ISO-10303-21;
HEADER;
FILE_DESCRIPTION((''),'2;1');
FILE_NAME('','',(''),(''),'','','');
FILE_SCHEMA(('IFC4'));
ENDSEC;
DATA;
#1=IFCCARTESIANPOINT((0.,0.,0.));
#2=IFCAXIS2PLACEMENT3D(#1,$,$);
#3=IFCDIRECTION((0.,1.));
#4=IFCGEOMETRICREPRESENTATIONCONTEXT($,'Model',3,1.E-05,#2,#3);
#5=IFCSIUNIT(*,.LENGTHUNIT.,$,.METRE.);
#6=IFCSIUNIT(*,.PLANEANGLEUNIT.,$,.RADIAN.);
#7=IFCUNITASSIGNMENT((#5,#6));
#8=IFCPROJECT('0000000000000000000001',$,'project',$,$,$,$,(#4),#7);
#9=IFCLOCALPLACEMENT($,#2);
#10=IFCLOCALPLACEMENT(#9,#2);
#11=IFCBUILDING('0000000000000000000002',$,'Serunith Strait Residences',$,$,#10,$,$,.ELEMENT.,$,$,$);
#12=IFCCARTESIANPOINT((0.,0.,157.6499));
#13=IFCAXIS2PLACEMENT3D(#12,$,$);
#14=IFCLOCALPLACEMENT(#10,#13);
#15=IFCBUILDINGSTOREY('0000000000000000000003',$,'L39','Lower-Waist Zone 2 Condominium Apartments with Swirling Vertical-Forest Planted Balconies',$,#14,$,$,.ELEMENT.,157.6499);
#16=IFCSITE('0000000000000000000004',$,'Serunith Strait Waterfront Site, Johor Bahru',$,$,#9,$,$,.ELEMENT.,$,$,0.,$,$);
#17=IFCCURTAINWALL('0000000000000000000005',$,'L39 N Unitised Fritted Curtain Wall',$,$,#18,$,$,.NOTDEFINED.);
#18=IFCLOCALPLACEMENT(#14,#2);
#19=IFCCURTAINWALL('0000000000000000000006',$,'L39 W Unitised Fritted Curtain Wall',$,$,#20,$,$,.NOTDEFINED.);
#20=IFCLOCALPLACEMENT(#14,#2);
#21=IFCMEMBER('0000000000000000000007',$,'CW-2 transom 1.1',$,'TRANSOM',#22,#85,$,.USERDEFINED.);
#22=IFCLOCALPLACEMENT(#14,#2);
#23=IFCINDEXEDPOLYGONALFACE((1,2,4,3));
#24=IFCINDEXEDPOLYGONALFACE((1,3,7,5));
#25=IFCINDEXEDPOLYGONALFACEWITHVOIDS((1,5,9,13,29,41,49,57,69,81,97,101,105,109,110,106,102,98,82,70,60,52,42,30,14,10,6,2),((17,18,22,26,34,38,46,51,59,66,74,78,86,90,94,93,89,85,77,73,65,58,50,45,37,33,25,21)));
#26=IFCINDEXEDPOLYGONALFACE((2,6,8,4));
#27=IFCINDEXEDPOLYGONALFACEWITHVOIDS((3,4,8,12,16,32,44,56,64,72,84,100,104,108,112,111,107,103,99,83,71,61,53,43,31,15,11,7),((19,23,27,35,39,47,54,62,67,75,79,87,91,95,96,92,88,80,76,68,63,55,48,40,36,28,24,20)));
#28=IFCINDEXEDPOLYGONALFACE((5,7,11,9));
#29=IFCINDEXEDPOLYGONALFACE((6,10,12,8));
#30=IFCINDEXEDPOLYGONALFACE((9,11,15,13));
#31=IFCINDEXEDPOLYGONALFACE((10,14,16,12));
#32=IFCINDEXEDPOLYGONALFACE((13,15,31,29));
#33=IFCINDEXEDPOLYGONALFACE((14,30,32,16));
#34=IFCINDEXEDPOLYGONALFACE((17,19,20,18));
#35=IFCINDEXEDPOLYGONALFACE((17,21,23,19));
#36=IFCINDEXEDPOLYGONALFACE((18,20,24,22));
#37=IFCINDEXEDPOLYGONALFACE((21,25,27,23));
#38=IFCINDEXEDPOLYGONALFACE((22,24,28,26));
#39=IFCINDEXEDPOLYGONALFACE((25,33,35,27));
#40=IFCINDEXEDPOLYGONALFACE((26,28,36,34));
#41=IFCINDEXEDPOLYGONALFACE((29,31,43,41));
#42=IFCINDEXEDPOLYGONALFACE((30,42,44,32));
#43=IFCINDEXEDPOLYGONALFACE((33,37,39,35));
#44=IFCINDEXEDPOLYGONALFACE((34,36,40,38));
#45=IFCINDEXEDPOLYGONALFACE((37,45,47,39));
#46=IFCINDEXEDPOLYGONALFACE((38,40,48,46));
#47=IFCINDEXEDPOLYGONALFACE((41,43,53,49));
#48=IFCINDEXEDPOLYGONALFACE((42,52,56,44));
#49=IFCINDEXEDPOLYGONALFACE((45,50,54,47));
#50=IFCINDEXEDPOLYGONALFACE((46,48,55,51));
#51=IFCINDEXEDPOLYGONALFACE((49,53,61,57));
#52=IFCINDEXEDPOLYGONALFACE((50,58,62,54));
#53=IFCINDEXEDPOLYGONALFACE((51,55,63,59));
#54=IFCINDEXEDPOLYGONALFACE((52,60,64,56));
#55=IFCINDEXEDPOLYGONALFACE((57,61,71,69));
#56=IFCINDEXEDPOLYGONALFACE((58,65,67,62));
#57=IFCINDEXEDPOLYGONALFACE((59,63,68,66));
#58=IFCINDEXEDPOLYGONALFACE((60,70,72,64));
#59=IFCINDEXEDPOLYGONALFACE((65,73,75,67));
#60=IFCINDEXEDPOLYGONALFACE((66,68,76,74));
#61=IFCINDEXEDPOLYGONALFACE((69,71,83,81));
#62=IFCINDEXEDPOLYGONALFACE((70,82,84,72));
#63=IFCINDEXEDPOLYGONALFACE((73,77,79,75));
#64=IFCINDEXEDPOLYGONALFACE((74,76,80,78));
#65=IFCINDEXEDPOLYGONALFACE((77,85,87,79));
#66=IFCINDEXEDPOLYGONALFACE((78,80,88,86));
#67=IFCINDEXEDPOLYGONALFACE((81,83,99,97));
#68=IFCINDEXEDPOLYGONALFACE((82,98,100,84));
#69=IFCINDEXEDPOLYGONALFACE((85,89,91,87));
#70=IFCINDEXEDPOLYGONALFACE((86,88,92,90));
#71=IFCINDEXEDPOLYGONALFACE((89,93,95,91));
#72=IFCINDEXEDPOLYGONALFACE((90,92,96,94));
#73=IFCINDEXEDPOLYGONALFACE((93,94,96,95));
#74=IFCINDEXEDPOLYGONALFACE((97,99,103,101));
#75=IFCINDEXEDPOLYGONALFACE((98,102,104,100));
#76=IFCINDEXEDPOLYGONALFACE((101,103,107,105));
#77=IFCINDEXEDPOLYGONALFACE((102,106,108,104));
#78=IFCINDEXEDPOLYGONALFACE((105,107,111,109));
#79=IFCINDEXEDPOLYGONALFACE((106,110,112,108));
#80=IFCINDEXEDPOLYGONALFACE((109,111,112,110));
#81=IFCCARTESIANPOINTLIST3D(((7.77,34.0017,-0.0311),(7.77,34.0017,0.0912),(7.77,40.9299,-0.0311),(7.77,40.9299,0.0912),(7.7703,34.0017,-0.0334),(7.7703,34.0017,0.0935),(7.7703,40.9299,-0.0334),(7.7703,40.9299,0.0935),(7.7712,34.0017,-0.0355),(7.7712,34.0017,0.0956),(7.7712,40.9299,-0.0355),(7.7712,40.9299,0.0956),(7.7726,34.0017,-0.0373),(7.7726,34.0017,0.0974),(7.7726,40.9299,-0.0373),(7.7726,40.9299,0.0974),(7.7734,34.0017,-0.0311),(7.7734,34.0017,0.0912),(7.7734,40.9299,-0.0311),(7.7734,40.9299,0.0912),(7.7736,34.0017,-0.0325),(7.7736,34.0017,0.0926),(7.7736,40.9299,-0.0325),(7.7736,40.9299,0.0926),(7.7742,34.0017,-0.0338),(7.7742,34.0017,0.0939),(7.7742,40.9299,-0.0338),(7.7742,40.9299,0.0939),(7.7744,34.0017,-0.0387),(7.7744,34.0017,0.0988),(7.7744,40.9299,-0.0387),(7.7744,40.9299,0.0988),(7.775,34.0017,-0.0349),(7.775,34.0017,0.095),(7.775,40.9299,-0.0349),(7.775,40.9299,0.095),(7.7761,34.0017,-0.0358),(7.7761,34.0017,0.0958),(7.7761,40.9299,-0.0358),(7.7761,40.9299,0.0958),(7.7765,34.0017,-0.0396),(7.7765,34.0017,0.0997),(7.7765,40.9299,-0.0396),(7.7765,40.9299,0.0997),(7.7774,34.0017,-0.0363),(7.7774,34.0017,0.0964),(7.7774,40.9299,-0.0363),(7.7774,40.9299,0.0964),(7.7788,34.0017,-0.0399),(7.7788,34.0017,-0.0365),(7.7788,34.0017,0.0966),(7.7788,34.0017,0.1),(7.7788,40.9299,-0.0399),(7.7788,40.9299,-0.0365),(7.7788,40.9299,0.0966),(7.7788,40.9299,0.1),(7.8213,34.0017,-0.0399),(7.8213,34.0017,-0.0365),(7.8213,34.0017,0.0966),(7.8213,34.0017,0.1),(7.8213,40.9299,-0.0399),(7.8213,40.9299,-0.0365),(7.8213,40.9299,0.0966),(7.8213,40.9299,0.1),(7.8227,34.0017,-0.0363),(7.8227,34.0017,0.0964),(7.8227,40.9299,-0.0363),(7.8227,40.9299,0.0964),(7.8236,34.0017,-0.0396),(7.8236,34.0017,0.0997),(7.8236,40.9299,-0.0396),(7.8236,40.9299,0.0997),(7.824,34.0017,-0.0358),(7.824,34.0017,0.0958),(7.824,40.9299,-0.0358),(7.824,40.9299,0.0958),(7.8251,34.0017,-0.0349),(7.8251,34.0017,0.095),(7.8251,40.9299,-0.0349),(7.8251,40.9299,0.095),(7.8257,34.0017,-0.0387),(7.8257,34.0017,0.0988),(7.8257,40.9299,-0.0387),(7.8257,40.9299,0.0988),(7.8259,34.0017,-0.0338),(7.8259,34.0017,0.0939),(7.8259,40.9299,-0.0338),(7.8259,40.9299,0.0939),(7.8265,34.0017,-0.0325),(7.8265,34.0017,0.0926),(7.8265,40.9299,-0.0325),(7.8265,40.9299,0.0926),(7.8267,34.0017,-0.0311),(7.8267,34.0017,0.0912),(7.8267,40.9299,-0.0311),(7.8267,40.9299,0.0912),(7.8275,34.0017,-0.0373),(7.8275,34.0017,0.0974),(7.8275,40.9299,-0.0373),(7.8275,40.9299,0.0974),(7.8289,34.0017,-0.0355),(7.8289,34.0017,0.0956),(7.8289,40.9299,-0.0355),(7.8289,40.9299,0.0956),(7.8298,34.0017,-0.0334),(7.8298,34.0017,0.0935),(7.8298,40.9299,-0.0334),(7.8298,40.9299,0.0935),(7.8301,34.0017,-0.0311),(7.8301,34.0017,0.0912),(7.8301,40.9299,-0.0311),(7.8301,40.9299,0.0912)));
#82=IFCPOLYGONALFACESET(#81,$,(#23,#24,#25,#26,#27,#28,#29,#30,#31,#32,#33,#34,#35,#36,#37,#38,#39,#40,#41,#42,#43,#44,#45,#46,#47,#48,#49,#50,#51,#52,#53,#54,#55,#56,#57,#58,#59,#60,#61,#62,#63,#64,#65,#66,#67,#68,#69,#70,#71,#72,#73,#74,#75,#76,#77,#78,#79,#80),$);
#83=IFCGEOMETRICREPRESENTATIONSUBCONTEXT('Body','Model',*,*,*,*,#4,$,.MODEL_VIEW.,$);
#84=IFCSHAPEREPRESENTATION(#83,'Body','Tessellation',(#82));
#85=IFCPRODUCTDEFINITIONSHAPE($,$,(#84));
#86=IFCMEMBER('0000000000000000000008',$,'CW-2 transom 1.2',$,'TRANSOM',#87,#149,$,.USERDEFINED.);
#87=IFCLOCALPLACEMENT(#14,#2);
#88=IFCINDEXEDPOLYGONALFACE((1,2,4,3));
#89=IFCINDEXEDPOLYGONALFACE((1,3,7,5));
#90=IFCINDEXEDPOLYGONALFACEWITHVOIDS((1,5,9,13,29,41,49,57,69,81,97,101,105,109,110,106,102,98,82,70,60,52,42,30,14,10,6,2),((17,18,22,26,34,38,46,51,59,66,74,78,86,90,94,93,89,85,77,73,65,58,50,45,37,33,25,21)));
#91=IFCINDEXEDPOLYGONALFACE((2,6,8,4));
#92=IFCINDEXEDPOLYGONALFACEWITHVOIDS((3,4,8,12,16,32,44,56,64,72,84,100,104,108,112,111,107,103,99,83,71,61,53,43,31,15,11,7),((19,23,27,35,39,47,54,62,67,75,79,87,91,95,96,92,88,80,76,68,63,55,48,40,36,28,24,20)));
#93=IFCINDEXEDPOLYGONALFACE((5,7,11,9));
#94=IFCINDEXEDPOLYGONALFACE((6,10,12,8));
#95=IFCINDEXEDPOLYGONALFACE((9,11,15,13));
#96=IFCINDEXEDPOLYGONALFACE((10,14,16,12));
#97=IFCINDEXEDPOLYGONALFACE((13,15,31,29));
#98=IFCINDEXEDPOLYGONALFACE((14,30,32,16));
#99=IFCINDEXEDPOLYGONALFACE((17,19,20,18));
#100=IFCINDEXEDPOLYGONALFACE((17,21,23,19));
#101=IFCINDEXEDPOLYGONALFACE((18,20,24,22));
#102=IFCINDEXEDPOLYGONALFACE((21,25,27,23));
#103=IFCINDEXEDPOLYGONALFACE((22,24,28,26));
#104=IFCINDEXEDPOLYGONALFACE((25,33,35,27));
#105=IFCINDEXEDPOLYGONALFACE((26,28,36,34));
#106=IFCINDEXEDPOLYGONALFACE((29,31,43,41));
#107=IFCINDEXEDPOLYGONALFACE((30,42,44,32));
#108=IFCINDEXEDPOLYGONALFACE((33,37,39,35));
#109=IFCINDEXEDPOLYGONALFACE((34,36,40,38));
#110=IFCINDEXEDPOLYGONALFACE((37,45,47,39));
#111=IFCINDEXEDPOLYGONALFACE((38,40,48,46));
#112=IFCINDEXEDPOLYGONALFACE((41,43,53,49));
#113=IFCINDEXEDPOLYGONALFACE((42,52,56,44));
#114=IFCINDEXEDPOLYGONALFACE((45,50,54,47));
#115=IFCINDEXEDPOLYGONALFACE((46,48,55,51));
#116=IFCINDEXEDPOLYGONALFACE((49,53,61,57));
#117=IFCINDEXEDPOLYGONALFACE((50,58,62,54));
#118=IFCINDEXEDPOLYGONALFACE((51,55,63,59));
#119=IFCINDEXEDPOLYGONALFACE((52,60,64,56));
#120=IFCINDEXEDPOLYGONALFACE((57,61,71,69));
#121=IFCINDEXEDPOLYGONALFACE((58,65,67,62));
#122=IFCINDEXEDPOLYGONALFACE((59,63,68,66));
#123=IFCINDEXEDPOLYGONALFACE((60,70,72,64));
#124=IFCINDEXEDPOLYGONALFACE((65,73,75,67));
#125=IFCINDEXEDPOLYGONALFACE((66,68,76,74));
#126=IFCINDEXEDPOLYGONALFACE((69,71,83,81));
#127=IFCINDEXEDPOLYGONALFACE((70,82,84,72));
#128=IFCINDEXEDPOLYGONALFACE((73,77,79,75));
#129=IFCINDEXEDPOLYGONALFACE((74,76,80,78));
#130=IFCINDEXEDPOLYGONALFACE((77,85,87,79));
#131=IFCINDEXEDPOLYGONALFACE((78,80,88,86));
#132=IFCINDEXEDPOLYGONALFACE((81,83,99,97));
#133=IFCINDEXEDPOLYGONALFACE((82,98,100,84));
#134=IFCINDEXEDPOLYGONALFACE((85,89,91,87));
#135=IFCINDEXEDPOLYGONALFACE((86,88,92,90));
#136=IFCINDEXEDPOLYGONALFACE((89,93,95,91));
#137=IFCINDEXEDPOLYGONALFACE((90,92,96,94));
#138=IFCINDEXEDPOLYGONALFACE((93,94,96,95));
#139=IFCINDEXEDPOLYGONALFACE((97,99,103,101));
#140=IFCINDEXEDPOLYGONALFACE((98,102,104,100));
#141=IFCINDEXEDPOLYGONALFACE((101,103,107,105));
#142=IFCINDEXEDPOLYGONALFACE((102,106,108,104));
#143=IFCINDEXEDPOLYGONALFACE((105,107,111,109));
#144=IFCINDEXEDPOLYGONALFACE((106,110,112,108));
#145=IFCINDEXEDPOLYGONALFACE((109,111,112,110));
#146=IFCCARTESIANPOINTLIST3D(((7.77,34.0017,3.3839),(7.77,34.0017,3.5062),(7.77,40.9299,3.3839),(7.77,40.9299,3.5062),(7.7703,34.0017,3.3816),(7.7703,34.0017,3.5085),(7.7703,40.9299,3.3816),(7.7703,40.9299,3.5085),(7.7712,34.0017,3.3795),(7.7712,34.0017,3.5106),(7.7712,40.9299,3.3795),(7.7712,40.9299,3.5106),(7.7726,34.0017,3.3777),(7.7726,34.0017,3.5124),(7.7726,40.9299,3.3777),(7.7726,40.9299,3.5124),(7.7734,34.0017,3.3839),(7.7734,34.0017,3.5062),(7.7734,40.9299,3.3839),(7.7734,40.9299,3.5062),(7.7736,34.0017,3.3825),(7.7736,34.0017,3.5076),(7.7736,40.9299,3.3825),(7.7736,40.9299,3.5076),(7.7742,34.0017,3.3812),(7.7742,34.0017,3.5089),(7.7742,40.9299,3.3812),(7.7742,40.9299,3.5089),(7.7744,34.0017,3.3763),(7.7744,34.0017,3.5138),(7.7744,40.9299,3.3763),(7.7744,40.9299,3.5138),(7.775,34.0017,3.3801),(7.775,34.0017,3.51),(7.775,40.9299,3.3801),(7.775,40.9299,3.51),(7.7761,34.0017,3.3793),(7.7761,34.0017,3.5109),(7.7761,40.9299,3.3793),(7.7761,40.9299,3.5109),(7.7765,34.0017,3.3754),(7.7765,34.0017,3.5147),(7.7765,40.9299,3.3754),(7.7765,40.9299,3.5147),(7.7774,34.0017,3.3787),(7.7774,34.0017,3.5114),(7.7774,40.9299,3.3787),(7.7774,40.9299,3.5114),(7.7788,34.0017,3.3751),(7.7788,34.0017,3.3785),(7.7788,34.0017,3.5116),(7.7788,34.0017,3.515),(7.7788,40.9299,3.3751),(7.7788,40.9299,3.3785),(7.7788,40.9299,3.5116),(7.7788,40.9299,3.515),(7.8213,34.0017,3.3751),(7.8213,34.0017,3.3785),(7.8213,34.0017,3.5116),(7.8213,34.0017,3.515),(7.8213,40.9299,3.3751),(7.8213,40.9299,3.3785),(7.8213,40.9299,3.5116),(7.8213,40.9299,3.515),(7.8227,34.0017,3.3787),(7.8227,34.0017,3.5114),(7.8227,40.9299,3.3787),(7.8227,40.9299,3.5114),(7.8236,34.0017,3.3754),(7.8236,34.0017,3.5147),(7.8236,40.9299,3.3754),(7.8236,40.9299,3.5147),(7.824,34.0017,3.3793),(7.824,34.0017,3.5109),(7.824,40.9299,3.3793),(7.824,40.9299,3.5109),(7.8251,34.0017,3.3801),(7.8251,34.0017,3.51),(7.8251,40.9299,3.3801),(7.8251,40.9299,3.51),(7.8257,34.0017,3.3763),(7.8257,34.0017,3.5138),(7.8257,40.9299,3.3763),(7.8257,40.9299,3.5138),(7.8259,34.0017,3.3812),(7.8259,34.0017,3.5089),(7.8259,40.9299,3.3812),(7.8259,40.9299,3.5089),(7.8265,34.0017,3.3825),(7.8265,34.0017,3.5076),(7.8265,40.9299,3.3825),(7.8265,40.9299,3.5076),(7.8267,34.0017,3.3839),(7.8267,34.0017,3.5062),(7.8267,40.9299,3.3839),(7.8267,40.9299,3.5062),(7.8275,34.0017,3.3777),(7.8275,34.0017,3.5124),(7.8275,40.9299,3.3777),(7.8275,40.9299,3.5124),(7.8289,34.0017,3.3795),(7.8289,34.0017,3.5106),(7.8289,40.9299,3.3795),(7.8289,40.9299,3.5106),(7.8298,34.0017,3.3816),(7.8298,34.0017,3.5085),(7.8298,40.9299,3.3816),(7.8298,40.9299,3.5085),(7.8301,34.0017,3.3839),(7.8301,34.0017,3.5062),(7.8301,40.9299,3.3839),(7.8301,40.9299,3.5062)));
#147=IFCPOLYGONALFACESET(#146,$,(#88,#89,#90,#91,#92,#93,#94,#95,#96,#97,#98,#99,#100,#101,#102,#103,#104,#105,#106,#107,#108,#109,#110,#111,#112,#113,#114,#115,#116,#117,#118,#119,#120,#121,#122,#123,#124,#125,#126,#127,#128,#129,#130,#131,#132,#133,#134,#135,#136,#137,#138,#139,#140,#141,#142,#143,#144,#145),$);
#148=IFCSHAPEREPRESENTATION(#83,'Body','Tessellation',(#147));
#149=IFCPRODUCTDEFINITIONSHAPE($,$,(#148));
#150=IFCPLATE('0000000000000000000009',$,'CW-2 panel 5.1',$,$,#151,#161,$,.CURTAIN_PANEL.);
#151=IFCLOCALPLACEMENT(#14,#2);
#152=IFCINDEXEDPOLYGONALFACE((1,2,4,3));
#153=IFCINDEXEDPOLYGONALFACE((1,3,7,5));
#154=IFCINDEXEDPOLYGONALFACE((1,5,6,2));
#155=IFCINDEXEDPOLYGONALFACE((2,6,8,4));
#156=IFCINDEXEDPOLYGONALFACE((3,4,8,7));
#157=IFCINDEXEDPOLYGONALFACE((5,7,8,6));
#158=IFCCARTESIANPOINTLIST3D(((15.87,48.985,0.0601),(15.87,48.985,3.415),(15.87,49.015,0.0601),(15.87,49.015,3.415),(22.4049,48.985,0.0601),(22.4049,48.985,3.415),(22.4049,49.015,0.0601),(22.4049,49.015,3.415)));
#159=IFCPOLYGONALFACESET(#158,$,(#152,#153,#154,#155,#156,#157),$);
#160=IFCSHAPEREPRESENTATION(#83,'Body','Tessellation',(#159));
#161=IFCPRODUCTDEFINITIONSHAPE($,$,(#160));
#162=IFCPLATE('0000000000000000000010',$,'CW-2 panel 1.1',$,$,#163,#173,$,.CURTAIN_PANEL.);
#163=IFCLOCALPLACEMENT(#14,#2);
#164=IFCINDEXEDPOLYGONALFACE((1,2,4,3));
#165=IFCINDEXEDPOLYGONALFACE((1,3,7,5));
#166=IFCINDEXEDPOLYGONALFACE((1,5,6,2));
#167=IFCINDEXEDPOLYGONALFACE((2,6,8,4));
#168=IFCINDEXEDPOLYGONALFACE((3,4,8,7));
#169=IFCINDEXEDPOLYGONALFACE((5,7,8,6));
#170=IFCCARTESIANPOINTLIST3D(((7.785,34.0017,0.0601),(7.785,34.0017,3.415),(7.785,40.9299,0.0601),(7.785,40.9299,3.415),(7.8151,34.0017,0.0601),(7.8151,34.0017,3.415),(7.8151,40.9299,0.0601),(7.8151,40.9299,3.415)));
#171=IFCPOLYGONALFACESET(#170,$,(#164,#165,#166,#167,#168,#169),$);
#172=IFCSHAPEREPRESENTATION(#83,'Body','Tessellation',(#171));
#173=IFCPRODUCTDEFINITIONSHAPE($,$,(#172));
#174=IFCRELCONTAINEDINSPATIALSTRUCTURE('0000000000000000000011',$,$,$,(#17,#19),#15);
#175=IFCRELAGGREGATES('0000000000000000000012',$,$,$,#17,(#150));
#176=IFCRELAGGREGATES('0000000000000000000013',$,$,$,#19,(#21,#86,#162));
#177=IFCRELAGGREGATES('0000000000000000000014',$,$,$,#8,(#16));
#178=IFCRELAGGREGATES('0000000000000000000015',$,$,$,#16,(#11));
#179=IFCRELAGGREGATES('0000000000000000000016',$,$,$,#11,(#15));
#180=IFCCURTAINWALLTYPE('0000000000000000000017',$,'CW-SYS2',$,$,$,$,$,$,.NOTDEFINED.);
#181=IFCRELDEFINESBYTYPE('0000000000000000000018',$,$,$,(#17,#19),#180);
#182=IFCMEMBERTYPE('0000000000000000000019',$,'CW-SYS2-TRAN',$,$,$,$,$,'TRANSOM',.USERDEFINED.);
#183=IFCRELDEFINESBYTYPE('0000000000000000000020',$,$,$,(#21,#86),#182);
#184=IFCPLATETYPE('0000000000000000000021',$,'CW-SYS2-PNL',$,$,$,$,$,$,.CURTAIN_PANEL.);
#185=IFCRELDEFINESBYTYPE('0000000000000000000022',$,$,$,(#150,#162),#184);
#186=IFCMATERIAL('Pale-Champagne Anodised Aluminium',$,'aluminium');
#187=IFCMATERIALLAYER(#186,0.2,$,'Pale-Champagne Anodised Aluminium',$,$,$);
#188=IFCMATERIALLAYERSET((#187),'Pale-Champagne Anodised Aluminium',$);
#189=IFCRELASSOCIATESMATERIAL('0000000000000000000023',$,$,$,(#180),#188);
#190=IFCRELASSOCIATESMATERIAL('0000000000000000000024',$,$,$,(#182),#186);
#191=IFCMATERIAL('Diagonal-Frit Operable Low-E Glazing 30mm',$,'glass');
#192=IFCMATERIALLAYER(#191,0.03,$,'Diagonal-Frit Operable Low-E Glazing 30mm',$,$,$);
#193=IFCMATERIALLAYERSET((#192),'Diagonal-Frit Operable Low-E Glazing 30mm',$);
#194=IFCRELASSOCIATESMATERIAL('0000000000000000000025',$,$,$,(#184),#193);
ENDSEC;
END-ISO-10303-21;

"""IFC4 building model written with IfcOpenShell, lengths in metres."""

from ifc_helpers import new_model, si_unit, direction, frame, origin, origin_2d, place, context, subcontext, project, spatial, rectangle, hollow_rectangle, extrude, source, transform, mapped, material, layer, layer_set, material_profile, profile_set, type_object, element, aggregate, save


model = new_model("IFC4")

# Units and contexts
model_context = context("Model", 3, precision=1e-05, world=origin(), true_north=direction((0.0, 1.0)))
body_context = subcontext(model_context, "Body", "Model", "MODEL_VIEW")
ifc_project = project(units=[si_unit("LENGTHUNIT", "METRE"), si_unit("PLANEANGLEUNIT", "RADIAN")], contexts=[model_context])

# Site, building, storey
site_placement = place(None, origin())
site = spatial("IfcSite", under=ifc_project, at=site_placement, Name="Serunith Strait Waterfront Site, Johor Bahru", CompositionType="ELEMENT", RefElevation=0.0)
building_placement = place(site_placement, origin())
building = spatial("IfcBuilding", under=site, at=building_placement, Name="Serunith Strait Residences", CompositionType="ELEMENT")
storey_placement = place(building_placement, frame((0.0, 0.0, 157.6499)))
storey = spatial("IfcBuildingStorey", under=building, at=storey_placement, Name="L39", Description="Lower-Waist Zone 2 Condominium Apartments with Swirling Vertical-Forest Planted Balconies", CompositionType="ELEMENT", Elevation=157.6499)

# Curtain walls
ifc_material_1 = material(Name="Pale-Champagne Anodised Aluminium", Category="aluminium")
ifc_layer_1 = layer(ifc_material_1, 0.2, Name="Pale-Champagne Anodised Aluminium")
ifc_layer_set_1 = layer_set([ifc_layer_1], Name="Pale-Champagne Anodised Aluminium")
curtain_wall_type = type_object("IfcCurtainWallType", Name="CW-SYS2", PredefinedType="NOTDEFINED", material=ifc_layer_set_1)
curtain_wall_1_placement = place(storey_placement, origin())
curtain_wall_1 = element("IfcCurtainWall", 1, at=curtain_wall_1_placement, inside=storey, type_object=curtain_wall_type, Name="L39 N Unitised Fritted Curtain Wall", PredefinedType="NOTDEFINED")
curtain_wall_2_placement = place(storey_placement, origin())
curtain_wall_2 = element("IfcCurtainWall", 2, at=curtain_wall_2_placement, inside=storey, type_object=curtain_wall_type, Name="L39 W Unitised Fritted Curtain Wall", PredefinedType="NOTDEFINED")

# Members
ifc_material_profile_1 = material_profile(ifc_material_1, hollow_rectangle(XDim=0.0601, YDim=0.1399, WallThickness=0.0034, InnerFilletRadius=0.0054, OuterFilletRadius=0.0088, at=origin_2d()), Name="ALU 140x60x3.5")
ifc_profile_set_1 = profile_set([ifc_material_profile_1], Name="Pale-Champagne Anodised Aluminium")
member_type_1 = type_object("IfcMemberType", Name="CW-SYS2-TRAN", ElementType="TRANSOM", PredefinedType="USERDEFINED", material=ifc_profile_set_1)
shared_shape_1 = source(origin(), body_context, "Body", "SweptSolid", [
    extrude(hollow_rectangle(XDim=0.0601, YDim=0.1399, WallThickness=0.0034, InnerFilletRadius=0.0054, OuterFilletRadius=0.0088, at=origin_2d()), origin(), (0.0, 0.0, 1.0), 6.9282),
])
member_1_placement = place(storey_placement, frame((7.8, 40.9299, 0.03), z_axis=(0.0, -1.0, 0.0), x_axis=(1.0, 0.0, 0.0)))
member_1 = element("IfcMember", 3, at=member_1_placement, type_object=member_type_1, Name="CW-2 transom 1.1", ObjectType="TRANSOM", PredefinedType="USERDEFINED", context=body_context, shape_type="MappedRepresentation", body=[
    mapped(shared_shape_1, transform((0.0, 0.0, 0.0), scale=1.0)),
])
member_2_placement = place(storey_placement, frame((7.8, 40.9299, 3.4451), z_axis=(0.0, -1.0, 0.0), x_axis=(1.0, 0.0, 0.0)))
member_2 = element("IfcMember", 4, at=member_2_placement, type_object=member_type_1, Name="CW-2 transom 1.2", ObjectType="TRANSOM", PredefinedType="USERDEFINED", context=body_context, shape_type="MappedRepresentation", body=[
    mapped(shared_shape_1, transform((0.0, 0.0, 0.0), scale=1.0)),
])

# Plates
ifc_material_2 = material(Name="Diagonal-Frit Operable Low-E Glazing 30mm", Category="glass")
ifc_layer_2 = layer(ifc_material_2, 0.03, Name="Diagonal-Frit Operable Low-E Glazing 30mm")
ifc_layer_set_2 = layer_set([ifc_layer_2], Name="Diagonal-Frit Operable Low-E Glazing 30mm")
plate_type = type_object("IfcPlateType", Name="CW-SYS2-PNL", PredefinedType="CURTAIN_PANEL", material=ifc_layer_set_2)
shared_shape_2 = source(origin(), body_context, "Body", "SweptSolid", [
    extrude(rectangle(XDim=6.5349, YDim=0.03, at=origin_2d()), origin(), (0.0, 0.0, 1.0), 3.355),
])
plate_1_placement = place(storey_placement, frame((19.1375, 49.0, 0.0601), z_axis=(0.0, 0.0, 1.0), x_axis=(-1.0, 0.0, 0.0)))
plate_1 = element("IfcPlate", 5, at=plate_1_placement, type_object=plate_type, Name="CW-2 panel 5.1", PredefinedType="CURTAIN_PANEL", context=body_context, shape_type="MappedRepresentation", body=[
    mapped(shared_shape_2, transform((0.0, 0.0, 0.0), scale=1.0)),
])
aggregate(curtain_wall_1, [plate_1])
shared_shape_3 = source(origin(), body_context, "Body", "SweptSolid", [
    extrude(rectangle(XDim=6.9282, YDim=0.03, at=origin_2d()), origin(), (0.0, 0.0, 1.0), 3.355),
])
plate_2_placement = place(storey_placement, frame((7.8, 37.4658, 0.0601), z_axis=(0.0, 0.0, 1.0), x_axis=(0.0, -1.0, 0.0)))
plate_2 = element("IfcPlate", 6, at=plate_2_placement, type_object=plate_type, Name="CW-2 panel 1.1", PredefinedType="CURTAIN_PANEL", context=body_context, shape_type="MappedRepresentation", body=[
    mapped(shared_shape_3, transform((0.0, 0.0, 0.0), scale=1.0)),
])
aggregate(curtain_wall_2, [member_1, member_2, plate_2])

save(model, "model.ifc")
